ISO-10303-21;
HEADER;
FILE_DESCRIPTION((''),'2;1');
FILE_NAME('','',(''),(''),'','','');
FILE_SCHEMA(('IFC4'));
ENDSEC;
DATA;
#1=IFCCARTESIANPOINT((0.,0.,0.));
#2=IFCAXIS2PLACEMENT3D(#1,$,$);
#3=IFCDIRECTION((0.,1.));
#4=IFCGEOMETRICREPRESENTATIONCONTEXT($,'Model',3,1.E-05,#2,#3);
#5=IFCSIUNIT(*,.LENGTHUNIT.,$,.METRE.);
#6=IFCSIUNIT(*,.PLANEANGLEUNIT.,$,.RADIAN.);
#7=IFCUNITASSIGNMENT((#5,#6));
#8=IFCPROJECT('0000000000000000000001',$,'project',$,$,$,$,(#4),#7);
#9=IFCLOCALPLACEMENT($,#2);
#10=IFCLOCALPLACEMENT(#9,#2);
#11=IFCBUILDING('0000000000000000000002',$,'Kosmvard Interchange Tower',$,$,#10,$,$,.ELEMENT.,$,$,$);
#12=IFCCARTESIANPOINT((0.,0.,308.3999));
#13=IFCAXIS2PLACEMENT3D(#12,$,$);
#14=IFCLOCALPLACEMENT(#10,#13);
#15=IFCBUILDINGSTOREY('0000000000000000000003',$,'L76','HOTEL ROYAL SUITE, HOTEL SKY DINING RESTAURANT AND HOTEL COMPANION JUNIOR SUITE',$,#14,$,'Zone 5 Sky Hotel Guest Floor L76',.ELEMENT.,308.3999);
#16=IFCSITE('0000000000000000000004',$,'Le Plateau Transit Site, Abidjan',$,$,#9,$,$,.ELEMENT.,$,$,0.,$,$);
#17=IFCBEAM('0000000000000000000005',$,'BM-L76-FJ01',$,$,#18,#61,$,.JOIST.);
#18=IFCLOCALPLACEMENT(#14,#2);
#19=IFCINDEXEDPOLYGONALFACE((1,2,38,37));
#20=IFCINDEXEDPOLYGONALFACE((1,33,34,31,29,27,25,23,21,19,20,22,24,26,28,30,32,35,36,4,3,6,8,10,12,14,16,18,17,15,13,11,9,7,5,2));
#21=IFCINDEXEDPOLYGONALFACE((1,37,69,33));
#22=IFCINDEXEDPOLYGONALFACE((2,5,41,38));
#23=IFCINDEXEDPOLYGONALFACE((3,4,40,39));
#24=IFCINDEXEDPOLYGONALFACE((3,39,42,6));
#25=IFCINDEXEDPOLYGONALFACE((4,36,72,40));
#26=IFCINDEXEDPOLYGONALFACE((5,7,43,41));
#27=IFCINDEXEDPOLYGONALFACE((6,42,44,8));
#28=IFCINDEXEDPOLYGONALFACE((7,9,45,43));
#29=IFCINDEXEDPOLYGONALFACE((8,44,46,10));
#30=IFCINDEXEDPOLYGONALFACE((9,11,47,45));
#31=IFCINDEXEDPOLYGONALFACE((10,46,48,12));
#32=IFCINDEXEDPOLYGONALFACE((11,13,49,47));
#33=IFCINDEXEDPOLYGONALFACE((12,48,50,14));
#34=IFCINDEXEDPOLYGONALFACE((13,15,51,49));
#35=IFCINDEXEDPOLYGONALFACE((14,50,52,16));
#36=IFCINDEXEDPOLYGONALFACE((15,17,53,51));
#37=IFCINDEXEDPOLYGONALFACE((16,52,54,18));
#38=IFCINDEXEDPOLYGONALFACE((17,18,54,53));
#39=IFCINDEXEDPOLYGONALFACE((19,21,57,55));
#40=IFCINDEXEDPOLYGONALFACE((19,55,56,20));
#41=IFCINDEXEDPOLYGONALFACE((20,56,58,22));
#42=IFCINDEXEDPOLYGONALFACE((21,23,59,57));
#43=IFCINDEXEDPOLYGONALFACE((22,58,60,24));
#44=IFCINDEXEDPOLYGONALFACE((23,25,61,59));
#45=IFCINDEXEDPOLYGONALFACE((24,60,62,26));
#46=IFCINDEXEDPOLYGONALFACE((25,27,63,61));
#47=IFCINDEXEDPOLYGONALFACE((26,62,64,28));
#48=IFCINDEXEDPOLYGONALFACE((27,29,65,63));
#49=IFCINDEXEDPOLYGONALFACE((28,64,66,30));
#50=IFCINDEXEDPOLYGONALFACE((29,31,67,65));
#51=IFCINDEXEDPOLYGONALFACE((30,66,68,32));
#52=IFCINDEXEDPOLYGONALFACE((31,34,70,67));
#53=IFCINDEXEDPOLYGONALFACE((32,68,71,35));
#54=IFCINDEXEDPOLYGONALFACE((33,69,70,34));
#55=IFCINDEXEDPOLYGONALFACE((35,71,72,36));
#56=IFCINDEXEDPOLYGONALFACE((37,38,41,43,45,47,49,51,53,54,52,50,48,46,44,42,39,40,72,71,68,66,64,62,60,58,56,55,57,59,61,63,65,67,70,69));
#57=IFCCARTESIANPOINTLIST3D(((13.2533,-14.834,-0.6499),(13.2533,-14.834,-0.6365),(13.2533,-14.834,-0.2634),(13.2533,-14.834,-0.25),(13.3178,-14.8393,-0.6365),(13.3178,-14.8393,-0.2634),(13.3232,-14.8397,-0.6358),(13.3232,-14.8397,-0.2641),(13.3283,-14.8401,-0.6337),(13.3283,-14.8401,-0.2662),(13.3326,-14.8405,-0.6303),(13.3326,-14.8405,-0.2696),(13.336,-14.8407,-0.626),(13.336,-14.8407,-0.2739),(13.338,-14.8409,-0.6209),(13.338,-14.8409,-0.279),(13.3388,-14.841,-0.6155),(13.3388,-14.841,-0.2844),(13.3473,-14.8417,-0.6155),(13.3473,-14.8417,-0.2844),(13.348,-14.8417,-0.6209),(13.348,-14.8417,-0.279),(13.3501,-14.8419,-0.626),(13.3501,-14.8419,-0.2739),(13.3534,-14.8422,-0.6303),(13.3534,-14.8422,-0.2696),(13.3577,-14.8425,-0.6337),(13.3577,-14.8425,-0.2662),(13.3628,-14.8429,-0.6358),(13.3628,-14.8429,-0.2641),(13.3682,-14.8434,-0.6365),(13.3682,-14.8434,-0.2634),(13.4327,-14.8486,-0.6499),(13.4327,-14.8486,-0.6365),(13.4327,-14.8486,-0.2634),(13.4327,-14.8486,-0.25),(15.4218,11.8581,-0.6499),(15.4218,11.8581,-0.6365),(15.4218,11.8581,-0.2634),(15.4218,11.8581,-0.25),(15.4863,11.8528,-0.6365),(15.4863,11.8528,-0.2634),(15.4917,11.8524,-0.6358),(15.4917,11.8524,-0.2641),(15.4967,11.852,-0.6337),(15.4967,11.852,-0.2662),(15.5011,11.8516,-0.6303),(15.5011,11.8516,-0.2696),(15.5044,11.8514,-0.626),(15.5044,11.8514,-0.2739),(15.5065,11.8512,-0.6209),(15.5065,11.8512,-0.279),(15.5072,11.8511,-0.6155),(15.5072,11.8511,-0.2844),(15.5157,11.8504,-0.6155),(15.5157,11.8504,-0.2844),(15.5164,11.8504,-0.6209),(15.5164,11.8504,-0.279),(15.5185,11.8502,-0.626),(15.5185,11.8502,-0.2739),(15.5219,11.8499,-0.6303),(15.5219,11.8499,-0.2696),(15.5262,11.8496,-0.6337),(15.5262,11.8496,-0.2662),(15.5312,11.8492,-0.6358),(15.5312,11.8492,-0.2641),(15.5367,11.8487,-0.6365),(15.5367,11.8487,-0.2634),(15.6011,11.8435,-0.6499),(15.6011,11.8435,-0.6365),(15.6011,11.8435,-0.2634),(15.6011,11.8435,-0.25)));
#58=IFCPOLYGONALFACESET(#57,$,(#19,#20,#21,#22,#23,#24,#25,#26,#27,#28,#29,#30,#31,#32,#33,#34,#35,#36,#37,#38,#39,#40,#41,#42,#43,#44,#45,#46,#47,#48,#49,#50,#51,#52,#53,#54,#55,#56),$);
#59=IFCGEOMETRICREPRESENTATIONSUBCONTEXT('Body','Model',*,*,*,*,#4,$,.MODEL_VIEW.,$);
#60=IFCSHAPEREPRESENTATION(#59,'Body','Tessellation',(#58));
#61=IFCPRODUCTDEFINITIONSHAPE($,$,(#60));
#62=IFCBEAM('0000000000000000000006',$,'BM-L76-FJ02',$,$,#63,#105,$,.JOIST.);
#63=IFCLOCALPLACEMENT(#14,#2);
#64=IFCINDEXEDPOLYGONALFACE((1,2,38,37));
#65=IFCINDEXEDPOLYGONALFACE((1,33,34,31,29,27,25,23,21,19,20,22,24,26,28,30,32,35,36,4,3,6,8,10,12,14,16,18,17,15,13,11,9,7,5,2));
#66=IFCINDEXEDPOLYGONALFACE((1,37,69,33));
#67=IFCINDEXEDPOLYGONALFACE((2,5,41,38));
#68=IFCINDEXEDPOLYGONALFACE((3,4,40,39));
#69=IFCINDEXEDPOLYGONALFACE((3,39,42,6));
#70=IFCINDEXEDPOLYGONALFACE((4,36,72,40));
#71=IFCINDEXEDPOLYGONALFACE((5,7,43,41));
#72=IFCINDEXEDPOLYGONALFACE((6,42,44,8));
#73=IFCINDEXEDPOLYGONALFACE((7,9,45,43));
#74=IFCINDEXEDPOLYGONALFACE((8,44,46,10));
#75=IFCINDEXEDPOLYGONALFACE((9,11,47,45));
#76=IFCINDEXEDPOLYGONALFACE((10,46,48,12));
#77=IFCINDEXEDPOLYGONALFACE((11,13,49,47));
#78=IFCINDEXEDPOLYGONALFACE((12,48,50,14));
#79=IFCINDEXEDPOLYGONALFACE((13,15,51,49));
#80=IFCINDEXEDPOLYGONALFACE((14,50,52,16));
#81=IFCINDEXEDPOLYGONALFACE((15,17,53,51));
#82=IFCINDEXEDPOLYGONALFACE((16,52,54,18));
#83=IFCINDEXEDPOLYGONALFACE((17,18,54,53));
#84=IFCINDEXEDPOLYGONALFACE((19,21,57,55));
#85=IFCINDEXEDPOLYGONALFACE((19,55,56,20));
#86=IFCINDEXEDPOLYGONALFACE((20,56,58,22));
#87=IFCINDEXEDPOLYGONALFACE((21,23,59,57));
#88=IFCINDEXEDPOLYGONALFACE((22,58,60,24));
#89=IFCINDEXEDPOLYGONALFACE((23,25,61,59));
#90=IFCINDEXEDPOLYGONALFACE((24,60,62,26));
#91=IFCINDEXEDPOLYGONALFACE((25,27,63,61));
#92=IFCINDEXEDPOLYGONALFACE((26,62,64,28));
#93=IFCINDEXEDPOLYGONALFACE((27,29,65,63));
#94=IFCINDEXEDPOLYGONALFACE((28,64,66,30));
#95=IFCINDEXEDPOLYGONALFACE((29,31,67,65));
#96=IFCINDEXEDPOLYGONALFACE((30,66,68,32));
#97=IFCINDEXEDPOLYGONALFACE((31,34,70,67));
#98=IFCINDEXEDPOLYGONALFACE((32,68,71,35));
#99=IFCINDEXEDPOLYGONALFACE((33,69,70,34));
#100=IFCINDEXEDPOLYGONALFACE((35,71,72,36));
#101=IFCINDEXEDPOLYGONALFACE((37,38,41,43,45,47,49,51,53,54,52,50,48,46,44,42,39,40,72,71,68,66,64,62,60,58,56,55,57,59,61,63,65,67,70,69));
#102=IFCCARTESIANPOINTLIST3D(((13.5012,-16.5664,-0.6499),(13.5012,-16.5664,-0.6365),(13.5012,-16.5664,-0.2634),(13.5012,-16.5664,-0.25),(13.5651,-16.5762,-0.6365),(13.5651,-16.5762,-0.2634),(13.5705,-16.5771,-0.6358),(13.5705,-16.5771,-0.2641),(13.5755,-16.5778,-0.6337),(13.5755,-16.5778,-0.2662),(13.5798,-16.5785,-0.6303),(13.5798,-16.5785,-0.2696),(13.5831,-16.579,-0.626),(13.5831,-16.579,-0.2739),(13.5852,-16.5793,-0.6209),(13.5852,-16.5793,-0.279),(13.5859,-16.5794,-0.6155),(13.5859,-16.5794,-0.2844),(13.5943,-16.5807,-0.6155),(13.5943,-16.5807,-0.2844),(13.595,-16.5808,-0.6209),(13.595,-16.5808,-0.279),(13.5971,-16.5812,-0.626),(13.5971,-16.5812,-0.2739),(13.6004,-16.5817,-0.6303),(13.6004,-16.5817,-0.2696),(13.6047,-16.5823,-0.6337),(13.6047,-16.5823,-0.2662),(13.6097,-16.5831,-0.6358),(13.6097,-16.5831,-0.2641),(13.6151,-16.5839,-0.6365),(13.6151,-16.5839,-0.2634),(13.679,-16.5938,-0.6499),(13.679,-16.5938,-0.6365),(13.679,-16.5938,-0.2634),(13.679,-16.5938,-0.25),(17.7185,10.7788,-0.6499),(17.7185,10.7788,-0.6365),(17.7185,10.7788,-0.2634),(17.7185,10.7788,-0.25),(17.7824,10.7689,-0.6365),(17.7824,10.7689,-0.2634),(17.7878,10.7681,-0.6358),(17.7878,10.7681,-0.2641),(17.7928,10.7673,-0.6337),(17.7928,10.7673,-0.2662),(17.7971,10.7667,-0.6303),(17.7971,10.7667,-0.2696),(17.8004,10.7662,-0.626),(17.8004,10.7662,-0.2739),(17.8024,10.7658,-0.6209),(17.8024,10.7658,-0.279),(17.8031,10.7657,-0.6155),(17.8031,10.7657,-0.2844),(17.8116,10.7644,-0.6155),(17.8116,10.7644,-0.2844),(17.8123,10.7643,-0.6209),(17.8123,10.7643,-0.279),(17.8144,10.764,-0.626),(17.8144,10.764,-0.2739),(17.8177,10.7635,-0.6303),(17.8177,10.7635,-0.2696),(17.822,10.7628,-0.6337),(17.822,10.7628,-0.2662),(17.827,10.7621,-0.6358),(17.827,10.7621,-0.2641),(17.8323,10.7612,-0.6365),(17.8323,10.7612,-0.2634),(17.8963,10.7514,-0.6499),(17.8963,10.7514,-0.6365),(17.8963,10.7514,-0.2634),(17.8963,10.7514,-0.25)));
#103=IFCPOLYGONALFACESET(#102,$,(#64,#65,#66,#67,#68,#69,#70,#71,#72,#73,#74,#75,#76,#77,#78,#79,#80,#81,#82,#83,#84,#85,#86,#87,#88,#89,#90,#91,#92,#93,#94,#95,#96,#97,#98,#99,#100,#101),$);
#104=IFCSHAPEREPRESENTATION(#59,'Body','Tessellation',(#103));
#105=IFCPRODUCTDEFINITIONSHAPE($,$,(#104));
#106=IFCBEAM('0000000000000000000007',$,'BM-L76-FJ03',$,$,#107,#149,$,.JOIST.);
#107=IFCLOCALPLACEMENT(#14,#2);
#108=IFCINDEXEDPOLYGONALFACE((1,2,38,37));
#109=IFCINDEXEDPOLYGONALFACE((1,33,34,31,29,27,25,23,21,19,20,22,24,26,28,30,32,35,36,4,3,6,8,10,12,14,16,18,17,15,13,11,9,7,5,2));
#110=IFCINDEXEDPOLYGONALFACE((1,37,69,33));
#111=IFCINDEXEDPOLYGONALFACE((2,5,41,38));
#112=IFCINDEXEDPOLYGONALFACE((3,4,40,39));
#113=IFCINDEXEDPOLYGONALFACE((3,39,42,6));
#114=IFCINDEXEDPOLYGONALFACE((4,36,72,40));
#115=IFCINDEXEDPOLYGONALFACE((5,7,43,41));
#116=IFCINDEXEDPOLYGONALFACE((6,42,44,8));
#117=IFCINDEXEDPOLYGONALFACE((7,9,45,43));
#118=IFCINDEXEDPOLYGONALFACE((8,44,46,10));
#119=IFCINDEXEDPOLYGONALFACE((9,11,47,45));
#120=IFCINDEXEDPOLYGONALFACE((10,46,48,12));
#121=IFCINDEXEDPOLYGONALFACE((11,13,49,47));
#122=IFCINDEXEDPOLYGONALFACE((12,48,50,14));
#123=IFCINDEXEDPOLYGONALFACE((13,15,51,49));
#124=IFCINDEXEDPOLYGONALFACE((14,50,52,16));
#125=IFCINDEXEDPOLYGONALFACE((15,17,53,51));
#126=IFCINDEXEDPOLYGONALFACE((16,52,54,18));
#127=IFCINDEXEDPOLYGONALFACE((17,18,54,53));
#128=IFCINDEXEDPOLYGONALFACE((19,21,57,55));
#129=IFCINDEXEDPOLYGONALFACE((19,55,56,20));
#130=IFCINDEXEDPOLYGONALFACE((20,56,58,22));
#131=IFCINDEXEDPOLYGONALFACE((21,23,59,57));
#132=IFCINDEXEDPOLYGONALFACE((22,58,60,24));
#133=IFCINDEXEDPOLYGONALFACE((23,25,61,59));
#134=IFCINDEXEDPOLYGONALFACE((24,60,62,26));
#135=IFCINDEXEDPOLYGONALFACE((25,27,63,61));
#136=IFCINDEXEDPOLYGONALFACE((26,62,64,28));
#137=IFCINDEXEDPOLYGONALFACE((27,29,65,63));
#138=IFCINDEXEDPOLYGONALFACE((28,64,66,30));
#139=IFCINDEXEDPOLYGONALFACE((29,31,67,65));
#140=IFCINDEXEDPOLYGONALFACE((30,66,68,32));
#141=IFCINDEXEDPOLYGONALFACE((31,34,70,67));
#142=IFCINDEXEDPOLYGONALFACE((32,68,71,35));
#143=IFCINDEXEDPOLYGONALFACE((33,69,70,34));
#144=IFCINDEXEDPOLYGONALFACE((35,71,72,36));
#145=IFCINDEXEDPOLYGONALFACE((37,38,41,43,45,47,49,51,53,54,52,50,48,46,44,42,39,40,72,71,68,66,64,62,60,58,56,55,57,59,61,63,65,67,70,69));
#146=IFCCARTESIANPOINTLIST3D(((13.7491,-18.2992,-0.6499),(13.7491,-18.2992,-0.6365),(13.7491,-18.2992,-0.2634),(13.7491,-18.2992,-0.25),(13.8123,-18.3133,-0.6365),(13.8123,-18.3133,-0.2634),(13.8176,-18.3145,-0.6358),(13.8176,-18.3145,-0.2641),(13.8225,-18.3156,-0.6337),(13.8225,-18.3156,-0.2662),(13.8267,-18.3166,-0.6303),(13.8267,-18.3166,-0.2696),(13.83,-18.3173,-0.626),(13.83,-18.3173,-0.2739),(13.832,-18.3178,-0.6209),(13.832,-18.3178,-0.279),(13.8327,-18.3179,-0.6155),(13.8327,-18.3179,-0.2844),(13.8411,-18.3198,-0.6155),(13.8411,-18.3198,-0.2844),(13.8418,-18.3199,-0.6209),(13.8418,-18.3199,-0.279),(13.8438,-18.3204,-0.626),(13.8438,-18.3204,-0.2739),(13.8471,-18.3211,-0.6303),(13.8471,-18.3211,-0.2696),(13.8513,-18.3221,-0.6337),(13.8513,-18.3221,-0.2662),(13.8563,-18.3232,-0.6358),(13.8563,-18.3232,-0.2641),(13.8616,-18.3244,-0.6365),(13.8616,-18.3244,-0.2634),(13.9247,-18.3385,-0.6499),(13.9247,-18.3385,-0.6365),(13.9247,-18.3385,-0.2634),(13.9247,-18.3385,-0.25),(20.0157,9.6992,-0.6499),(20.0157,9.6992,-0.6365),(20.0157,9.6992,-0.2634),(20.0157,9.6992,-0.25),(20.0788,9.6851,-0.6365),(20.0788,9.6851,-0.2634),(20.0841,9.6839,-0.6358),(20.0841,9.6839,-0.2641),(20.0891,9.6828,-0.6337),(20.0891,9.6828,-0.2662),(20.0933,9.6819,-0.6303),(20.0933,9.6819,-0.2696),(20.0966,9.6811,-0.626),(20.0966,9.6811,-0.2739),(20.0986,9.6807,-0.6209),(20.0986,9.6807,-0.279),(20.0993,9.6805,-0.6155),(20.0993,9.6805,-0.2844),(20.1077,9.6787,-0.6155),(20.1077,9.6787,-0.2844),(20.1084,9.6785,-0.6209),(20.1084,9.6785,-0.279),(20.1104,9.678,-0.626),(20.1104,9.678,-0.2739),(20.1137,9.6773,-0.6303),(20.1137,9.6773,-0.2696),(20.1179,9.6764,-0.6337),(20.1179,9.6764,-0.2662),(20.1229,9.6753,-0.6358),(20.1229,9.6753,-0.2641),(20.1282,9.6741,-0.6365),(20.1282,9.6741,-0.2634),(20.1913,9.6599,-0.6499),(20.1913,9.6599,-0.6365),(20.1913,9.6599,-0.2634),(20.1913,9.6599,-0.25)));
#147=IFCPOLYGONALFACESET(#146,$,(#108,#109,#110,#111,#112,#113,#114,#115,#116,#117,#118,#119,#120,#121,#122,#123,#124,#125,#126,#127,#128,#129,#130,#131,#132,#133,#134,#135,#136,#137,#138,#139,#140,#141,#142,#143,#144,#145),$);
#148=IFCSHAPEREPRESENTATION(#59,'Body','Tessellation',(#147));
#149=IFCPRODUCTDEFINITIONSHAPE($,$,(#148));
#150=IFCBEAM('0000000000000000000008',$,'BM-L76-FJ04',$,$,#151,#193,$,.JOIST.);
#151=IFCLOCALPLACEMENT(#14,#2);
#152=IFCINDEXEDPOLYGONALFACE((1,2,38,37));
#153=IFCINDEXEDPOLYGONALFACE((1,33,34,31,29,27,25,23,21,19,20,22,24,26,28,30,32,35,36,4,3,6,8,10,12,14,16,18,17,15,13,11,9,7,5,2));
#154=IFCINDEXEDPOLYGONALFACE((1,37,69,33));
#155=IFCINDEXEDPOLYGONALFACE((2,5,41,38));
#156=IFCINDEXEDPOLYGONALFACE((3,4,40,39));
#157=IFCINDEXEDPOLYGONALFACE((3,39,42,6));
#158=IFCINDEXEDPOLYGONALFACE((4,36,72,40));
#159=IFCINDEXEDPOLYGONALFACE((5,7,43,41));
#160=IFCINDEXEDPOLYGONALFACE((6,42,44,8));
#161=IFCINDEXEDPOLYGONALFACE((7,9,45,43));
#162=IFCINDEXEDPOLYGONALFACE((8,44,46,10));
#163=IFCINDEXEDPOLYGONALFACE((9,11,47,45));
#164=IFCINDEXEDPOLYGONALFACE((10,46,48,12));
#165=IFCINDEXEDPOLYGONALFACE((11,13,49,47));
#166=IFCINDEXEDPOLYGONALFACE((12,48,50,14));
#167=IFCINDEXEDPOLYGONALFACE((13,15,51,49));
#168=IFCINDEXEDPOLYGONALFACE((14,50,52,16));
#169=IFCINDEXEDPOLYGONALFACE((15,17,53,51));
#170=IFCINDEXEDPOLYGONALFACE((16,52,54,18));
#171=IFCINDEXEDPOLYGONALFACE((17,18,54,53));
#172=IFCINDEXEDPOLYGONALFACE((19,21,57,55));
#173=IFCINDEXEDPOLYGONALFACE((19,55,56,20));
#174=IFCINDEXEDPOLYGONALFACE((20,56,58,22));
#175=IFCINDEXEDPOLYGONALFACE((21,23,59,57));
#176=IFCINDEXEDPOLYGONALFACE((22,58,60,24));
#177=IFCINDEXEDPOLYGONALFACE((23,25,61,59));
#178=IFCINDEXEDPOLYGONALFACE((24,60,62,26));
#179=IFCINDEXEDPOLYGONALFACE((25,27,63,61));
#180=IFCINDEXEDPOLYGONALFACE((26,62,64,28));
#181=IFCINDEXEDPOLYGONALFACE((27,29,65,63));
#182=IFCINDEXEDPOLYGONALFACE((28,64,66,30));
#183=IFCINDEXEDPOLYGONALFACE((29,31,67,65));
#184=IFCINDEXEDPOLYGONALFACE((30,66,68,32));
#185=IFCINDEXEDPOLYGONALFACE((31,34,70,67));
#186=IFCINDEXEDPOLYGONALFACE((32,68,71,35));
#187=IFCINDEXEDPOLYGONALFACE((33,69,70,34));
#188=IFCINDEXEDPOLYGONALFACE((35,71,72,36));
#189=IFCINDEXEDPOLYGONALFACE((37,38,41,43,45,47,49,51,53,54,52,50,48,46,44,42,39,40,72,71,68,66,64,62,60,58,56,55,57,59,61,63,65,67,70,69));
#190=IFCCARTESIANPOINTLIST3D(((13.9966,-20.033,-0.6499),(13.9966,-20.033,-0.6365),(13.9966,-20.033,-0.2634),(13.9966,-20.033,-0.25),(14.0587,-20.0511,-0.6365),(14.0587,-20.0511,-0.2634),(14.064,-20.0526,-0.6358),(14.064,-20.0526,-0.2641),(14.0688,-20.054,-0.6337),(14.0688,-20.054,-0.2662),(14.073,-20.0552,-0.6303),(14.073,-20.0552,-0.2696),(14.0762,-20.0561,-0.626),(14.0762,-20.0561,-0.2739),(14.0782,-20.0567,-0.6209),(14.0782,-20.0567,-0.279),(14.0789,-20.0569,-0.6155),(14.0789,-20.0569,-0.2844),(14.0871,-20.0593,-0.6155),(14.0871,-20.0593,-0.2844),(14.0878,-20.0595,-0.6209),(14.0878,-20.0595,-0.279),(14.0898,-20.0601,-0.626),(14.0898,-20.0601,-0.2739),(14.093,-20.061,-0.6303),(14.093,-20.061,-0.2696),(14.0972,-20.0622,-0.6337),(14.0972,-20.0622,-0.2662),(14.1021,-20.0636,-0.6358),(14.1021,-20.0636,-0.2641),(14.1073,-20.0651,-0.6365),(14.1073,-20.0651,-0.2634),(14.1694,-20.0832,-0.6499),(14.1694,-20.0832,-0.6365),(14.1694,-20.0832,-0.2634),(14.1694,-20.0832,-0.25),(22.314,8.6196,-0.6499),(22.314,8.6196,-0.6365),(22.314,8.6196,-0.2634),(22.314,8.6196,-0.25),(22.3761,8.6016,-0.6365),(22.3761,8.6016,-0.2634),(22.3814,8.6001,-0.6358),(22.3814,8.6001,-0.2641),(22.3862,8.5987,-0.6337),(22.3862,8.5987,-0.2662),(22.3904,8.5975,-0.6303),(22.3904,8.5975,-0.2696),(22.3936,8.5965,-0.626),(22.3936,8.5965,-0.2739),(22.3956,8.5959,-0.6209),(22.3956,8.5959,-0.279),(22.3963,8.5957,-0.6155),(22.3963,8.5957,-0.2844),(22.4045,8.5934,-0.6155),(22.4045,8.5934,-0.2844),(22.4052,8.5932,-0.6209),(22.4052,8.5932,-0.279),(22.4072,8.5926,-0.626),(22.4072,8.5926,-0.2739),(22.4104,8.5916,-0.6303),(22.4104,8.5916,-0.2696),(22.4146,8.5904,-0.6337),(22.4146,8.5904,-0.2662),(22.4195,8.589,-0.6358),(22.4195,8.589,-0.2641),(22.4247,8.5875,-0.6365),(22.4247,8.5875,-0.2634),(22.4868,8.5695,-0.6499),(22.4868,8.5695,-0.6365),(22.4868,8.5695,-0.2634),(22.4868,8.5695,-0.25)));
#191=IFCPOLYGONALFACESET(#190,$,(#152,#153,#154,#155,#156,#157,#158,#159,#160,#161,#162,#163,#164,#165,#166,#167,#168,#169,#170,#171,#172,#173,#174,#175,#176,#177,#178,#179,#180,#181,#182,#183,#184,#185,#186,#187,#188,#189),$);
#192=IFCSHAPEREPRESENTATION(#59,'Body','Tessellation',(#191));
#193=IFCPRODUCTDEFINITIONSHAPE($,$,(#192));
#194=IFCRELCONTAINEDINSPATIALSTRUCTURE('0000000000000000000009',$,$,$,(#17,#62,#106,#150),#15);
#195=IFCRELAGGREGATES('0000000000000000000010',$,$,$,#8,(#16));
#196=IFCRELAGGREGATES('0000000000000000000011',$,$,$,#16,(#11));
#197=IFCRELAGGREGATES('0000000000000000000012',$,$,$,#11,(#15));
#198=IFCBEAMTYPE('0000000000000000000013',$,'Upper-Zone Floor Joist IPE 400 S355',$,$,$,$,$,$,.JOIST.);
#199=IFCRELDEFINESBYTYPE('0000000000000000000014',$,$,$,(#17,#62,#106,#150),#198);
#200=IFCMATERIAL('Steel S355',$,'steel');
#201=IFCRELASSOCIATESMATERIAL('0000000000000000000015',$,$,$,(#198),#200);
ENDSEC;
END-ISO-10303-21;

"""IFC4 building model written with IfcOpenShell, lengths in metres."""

from ifc_helpers import new_model, si_unit, direction, frame, origin, origin_2d, place, context, subcontext, project, spatial, i_section, extrude, source, transform, mapped, material, material_profile, profile_set, type_object, element, save


model = new_model("IFC4")

# Units and contexts
model_context = context("Model", 3, precision=1e-05, world=origin(), true_north=direction((0.0, 1.0)))
body_context = subcontext(model_context, "Body", "Model", "MODEL_VIEW")
ifc_project = project(units=[si_unit("LENGTHUNIT", "METRE"), si_unit("PLANEANGLEUNIT", "RADIAN")], contexts=[model_context])

# Site, building, storey
site_placement = place(None, origin())
site = spatial("IfcSite", under=ifc_project, at=site_placement, Name="Le Plateau Transit Site, Abidjan", CompositionType="ELEMENT", RefElevation=0.0)
building_placement = place(site_placement, origin())
building = spatial("IfcBuilding", under=site, at=building_placement, Name="Kosmvard Interchange Tower", CompositionType="ELEMENT")
storey_placement = place(building_placement, frame((0.0, 0.0, 308.3999)))
storey = spatial("IfcBuildingStorey", under=building, at=storey_placement, Name="L76", Description="HOTEL ROYAL SUITE, HOTEL SKY DINING RESTAURANT AND HOTEL COMPANION JUNIOR SUITE", LongName="Zone 5 Sky Hotel Guest Floor L76", CompositionType="ELEMENT", Elevation=308.3999)

# Beams
ifc_material_1 = material(Name="Steel S355", Category="steel")
ifc_material_profile_1 = material_profile(ifc_material_1, i_section(OverallWidth=0.1799, OverallDepth=0.3999, WebThickness=0.0085, FlangeThickness=0.0134, FilletRadius=0.021, at=origin_2d()), Name="IPE 400")
ifc_profile_set_1 = profile_set([ifc_material_profile_1], Name="Steel S355")
beam_type_1 = type_object("IfcBeamType", Name="Upper-Zone Floor Joist IPE 400 S355", PredefinedType="JOIST", material=ifc_profile_set_1)
shared_shape_1 = source(origin(), body_context, "Body", "SweptSolid", [
    extrude(i_section(OverallWidth=0.1799, OverallDepth=0.3999, WebThickness=0.0085, FlangeThickness=0.0134, FilletRadius=0.021, at=origin_2d()), origin(), (0.0, 0.0, 1.0), 26.78),
])
beam_1_placement = place(storey_placement, frame((13.343, -14.8413, -0.45), z_axis=(0.080973, 0.996716, 0.0), x_axis=(-0.996716, 0.080973, 0.0)))
element("IfcBeam", 1, at=beam_1_placement, inside=storey, type_object=beam_type_1, Name="BM-L76-FJ01", PredefinedType="JOIST", context=body_context, shape_type="MappedRepresentation", body=[
    mapped(shared_shape_1, transform((0.0, 0.0, 0.0), scale=1.0)),
])
shared_shape_2 = source(origin(), body_context, "Body", "SweptSolid", [
    extrude(i_section(OverallWidth=0.1799, OverallDepth=0.3999, WebThickness=0.0085, FlangeThickness=0.0134, FilletRadius=0.021, at=origin_2d()), origin(), (0.0, 0.0, 1.0), 27.6685),
])
beam_2_placement = place(storey_placement, frame((13.5901, -16.5801, -0.45), z_axis=(0.152422, 0.988316, 0.0), x_axis=(-0.988316, 0.152422, 0.0)))
element("IfcBeam", 2, at=beam_2_placement, inside=storey, type_object=beam_type_1, Name="BM-L76-FJ02", PredefinedType="JOIST", context=body_context, shape_type="MappedRepresentation", body=[
    mapped(shared_shape_2, transform((0.0, 0.0, 0.0), scale=1.0)),
])
shared_shape_3 = source(origin(), body_context, "Body", "SweptSolid", [
    extrude(i_section(OverallWidth=0.1799, OverallDepth=0.3999, WebThickness=0.0085, FlangeThickness=0.0134, FilletRadius=0.021, at=origin_2d()), origin(), (0.0, 0.0, 1.0), 28.6912),
])
beam_3_placement = place(storey_placement, frame((13.8369, -18.3188, -0.45), z_axis=(0.218415, 0.975856, 0.0), x_axis=(-0.975856, 0.218415, 0.0)))
element("IfcBeam", 3, at=beam_3_placement, inside=storey, type_object=beam_type_1, Name="BM-L76-FJ03", PredefinedType="JOIST", context=body_context, shape_type="MappedRepresentation", body=[
    mapped(shared_shape_3, transform((0.0, 0.0, 0.0), scale=1.0)),
])
shared_shape_4 = source(origin(), body_context, "Body", "SweptSolid", [
    extrude(i_section(OverallWidth=0.1799, OverallDepth=0.3999, WebThickness=0.0085, FlangeThickness=0.0134, FilletRadius=0.021, at=origin_2d()), origin(), (0.0, 0.0, 1.0), 29.8354),
])
beam_4_placement = place(storey_placement, frame((14.083, -20.0581, -0.45), z_axis=(0.278776, 0.960356, 0.0), x_axis=(-0.960356, 0.278776, 0.0)))
element("IfcBeam", 4, at=beam_4_placement, inside=storey, type_object=beam_type_1, Name="BM-L76-FJ04", PredefinedType="JOIST", context=body_context, shape_type="MappedRepresentation", body=[
    mapped(shared_shape_4, transform((0.0, 0.0, 0.0), scale=1.0)),
])

save(model, "model.ifc")
